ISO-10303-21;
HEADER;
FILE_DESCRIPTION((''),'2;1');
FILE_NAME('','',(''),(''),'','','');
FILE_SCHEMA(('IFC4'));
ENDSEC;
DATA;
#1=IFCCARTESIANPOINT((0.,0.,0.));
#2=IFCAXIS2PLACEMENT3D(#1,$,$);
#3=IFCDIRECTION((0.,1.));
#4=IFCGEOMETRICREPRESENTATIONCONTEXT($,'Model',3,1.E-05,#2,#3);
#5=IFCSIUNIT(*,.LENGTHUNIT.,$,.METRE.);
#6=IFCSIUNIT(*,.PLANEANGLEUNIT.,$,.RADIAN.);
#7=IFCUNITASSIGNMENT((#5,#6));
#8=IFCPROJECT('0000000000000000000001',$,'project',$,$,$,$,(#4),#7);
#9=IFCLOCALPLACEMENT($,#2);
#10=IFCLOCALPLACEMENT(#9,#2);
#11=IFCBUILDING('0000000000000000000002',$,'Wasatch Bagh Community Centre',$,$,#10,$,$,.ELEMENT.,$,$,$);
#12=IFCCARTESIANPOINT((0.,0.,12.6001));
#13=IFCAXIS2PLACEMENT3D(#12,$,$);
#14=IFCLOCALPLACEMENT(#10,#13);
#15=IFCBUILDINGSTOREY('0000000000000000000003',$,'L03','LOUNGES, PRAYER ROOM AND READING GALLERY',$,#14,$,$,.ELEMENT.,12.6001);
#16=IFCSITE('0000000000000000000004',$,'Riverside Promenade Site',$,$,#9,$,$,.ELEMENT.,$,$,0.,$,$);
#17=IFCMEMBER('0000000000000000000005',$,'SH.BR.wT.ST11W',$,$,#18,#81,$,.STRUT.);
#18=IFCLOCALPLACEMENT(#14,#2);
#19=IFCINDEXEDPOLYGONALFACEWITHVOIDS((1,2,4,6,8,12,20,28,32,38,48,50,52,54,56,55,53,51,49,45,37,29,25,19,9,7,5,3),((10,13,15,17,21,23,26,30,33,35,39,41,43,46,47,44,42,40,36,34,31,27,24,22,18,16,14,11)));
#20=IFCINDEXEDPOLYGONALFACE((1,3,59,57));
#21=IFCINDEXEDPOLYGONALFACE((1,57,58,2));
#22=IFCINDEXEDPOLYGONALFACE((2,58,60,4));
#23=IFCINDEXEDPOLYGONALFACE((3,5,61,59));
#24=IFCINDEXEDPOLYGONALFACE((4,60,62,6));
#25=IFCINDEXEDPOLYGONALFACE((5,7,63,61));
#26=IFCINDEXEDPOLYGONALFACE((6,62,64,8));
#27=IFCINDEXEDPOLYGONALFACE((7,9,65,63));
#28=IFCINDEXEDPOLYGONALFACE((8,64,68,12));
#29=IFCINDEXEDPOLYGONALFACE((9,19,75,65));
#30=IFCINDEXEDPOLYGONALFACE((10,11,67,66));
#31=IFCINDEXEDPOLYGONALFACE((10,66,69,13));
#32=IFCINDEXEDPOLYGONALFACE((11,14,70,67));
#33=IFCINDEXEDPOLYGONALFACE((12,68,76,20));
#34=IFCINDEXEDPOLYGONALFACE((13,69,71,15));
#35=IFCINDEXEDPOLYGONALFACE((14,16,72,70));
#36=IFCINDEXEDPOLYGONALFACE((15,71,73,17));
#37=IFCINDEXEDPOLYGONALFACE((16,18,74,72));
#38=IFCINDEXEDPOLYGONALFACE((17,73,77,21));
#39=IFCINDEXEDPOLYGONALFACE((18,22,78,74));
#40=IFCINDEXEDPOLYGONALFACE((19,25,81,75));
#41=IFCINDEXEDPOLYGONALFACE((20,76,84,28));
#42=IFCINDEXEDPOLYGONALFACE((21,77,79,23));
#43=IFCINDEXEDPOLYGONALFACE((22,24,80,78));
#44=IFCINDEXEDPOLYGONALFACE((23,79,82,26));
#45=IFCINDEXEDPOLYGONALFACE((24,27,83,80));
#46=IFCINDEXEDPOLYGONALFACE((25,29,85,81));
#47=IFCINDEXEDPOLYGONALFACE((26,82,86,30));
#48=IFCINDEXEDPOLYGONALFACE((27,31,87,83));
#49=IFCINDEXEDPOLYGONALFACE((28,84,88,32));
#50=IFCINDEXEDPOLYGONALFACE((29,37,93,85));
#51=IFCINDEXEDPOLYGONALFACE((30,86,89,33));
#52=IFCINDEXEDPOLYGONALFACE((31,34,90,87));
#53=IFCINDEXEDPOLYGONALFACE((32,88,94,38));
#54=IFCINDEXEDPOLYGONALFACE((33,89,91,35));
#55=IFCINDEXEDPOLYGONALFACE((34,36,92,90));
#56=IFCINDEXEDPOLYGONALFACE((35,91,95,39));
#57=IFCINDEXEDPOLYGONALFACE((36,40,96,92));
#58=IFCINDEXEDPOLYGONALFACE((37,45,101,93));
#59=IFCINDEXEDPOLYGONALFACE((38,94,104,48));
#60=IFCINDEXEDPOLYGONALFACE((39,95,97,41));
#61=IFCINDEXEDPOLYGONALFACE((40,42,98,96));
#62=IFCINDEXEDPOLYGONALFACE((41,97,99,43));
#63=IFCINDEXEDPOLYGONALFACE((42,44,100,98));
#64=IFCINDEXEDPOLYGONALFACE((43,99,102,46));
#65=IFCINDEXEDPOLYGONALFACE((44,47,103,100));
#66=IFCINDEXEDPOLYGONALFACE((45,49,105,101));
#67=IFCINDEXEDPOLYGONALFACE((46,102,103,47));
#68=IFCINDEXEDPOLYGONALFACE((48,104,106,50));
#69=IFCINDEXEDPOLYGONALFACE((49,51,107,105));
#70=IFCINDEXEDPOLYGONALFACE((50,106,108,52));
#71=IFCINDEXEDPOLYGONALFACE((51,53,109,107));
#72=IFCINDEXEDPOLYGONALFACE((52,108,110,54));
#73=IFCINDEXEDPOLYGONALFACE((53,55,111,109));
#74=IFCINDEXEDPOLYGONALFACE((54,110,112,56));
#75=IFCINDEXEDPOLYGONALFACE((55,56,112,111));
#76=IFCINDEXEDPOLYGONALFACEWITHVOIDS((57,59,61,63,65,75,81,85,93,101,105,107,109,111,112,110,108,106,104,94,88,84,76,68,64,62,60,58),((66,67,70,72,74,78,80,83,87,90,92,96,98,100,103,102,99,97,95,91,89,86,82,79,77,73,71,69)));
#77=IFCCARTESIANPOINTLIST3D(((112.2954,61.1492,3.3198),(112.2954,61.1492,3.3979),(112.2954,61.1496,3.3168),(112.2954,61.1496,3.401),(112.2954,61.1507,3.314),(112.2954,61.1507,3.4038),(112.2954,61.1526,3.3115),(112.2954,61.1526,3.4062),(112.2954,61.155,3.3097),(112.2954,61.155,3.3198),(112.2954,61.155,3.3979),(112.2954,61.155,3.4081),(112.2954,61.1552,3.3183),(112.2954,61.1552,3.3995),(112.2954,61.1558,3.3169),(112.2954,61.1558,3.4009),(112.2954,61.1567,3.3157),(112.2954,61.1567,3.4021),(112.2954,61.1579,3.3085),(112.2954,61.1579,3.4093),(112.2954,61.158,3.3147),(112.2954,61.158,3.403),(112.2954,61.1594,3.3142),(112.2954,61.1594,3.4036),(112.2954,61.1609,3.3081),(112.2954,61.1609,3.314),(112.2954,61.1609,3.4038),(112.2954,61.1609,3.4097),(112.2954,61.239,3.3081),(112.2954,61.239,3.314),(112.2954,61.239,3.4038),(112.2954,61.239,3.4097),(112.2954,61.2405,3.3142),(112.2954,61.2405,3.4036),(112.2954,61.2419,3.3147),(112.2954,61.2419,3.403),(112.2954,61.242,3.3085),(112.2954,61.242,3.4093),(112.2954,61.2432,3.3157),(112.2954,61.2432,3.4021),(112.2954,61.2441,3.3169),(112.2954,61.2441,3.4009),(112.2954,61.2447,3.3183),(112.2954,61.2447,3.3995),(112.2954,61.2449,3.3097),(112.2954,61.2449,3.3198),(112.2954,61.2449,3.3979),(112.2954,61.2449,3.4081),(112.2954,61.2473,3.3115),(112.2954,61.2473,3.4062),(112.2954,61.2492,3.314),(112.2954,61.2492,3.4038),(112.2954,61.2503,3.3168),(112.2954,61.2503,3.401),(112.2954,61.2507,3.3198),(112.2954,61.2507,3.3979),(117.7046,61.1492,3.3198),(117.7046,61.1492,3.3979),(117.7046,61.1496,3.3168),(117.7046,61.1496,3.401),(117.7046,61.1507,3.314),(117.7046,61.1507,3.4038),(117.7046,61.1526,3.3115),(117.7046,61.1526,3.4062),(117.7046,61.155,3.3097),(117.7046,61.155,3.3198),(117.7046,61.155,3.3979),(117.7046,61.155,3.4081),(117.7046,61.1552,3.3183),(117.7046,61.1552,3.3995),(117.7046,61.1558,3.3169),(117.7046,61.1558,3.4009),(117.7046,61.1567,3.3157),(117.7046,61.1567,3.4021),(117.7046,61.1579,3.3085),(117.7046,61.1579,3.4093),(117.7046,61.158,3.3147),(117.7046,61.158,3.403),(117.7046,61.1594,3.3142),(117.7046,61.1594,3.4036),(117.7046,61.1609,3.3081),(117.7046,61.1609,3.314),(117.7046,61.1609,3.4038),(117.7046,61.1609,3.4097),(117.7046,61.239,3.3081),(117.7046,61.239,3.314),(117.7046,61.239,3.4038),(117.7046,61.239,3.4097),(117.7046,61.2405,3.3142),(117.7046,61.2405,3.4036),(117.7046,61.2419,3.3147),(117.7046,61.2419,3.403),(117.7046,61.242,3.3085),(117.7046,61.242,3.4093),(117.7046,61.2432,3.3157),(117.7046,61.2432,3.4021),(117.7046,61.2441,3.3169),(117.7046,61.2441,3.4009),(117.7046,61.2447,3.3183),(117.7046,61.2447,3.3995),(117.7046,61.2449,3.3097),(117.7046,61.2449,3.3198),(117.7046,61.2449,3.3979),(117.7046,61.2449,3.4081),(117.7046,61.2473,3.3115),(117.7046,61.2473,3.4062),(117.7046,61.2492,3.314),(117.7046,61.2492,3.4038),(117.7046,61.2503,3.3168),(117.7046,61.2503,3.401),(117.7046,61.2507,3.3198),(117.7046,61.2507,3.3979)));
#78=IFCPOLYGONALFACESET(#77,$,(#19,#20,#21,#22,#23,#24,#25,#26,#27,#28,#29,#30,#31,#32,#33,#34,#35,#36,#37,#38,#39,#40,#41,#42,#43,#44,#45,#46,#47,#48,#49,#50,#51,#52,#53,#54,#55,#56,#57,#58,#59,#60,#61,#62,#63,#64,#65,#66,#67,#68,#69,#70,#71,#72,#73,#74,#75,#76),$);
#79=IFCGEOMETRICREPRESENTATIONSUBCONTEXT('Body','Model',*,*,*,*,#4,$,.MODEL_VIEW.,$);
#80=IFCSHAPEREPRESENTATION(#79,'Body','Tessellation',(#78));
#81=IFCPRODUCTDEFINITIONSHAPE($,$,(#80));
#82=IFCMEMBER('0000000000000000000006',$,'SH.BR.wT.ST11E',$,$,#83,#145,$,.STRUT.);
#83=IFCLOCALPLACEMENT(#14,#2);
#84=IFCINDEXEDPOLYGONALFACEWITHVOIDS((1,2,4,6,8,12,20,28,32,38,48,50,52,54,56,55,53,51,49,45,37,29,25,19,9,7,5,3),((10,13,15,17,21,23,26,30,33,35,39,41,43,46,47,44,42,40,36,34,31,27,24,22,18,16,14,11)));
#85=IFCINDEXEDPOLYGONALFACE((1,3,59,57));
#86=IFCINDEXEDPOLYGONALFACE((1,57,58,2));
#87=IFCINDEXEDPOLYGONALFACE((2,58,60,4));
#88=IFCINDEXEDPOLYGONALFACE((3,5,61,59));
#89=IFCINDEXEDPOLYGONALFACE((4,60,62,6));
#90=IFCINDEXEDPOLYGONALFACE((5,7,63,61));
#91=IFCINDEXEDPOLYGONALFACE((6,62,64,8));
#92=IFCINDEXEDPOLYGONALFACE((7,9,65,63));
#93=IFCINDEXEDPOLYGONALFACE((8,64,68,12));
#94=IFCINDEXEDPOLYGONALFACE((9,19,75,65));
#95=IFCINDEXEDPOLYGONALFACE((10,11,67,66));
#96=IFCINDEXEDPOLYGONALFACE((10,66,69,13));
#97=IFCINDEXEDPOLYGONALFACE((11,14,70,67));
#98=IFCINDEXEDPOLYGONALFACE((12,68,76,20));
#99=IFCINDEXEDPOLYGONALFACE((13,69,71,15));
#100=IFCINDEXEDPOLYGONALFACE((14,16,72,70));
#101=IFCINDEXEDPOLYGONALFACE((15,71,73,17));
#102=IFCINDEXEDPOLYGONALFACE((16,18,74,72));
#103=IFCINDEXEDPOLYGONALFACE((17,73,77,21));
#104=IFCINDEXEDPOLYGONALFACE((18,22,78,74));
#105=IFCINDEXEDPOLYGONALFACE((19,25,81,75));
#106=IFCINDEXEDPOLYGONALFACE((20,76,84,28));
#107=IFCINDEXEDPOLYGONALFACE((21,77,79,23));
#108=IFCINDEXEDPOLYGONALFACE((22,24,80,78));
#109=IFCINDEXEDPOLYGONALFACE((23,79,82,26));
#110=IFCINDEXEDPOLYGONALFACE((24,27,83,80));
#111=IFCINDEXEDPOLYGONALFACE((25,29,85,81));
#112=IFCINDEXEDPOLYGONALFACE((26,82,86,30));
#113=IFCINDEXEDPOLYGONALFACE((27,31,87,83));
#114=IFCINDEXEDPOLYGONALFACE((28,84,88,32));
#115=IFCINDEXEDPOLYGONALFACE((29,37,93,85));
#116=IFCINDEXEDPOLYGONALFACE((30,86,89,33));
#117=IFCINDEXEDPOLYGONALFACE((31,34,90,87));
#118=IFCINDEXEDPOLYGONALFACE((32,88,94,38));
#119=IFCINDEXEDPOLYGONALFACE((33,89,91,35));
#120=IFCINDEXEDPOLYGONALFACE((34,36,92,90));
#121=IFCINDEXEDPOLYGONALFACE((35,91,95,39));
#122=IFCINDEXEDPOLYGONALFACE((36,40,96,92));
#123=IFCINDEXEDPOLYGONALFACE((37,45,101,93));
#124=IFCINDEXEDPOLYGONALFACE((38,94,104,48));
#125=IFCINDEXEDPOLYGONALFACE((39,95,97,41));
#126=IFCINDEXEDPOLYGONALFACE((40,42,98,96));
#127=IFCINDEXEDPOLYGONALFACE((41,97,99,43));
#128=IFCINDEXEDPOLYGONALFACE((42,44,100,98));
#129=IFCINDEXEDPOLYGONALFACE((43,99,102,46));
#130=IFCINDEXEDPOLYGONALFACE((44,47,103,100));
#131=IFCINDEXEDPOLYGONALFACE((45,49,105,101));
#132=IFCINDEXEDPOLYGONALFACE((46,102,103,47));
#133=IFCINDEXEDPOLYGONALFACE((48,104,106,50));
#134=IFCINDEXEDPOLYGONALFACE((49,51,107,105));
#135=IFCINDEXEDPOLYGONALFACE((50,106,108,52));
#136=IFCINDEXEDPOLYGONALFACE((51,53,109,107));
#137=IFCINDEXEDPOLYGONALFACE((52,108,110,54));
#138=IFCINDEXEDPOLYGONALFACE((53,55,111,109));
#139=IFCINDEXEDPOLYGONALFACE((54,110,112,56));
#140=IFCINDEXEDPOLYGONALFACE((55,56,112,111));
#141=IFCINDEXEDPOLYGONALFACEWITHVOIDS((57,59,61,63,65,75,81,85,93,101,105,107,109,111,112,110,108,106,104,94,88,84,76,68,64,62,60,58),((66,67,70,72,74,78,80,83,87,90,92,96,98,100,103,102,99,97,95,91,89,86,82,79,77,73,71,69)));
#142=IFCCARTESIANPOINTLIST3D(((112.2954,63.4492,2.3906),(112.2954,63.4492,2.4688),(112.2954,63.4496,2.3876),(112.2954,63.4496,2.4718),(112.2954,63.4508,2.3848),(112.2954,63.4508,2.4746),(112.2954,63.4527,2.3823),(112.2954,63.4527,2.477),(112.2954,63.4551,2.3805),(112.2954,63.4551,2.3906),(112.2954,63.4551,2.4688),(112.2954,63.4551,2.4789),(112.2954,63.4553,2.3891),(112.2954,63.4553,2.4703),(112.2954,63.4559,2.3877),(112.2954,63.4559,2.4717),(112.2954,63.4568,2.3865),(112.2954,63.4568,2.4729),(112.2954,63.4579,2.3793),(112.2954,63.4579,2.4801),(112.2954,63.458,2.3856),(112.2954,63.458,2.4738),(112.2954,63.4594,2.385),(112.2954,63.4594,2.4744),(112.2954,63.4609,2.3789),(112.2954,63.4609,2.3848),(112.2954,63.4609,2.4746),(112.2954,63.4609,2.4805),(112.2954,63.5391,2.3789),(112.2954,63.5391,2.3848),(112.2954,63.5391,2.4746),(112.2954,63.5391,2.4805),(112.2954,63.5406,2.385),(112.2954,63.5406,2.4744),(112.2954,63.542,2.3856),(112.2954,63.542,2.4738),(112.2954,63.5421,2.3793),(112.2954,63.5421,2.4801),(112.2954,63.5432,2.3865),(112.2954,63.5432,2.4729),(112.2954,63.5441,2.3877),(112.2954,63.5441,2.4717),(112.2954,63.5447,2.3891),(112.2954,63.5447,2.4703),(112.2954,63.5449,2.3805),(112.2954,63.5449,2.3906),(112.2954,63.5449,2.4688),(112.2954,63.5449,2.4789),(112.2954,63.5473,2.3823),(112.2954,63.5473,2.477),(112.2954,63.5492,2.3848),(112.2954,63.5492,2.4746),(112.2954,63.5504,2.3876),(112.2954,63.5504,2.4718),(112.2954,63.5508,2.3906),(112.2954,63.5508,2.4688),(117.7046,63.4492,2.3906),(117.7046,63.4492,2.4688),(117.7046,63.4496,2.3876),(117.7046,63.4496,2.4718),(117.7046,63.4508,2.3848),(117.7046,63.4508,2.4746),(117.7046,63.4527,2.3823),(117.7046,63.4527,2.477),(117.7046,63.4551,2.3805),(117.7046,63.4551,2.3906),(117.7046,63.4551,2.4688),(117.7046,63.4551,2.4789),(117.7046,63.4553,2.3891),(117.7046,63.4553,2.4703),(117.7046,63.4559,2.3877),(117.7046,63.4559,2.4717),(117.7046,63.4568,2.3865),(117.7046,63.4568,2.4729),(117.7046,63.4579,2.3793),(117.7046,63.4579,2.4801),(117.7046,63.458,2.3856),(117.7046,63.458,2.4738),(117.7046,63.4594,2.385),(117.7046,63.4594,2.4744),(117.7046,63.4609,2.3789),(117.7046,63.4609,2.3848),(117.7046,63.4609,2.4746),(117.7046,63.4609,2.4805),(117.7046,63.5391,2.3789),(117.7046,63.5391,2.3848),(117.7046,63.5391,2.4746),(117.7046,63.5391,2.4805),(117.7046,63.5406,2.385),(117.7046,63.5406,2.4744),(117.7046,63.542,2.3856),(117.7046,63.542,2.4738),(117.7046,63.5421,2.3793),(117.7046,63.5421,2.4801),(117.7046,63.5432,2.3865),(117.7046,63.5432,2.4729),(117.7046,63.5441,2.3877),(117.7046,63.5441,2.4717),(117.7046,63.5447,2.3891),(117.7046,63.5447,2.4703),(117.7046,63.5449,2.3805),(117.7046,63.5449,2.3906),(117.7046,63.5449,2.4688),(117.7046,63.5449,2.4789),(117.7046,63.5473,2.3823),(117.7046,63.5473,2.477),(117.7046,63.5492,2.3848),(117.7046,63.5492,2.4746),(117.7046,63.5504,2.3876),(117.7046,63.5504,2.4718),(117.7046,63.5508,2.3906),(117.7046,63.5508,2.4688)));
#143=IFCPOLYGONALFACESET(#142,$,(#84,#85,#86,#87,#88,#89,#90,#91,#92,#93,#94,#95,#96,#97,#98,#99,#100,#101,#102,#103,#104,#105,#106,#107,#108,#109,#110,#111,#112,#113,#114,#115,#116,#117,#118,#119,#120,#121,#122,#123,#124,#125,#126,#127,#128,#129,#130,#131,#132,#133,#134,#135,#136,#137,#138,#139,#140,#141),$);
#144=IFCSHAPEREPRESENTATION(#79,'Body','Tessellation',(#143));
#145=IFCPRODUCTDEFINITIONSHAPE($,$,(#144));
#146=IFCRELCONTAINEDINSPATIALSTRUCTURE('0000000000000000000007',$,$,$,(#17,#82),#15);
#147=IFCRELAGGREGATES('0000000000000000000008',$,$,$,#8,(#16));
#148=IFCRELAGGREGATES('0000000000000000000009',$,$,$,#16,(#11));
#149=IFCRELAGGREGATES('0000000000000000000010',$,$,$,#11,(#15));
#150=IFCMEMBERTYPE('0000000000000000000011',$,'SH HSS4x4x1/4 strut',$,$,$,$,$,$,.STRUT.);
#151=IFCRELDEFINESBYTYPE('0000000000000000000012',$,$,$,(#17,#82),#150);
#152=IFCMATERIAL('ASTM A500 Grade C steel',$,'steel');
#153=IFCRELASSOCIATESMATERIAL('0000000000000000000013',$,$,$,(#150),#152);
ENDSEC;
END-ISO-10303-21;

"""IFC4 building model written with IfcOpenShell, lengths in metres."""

from ifc_helpers import new_model, si_unit, direction, frame, origin, origin_2d, place, context, subcontext, project, spatial, hollow_rectangle, extrude, material, material_profile, profile_set, type_object, element, save


model = new_model("IFC4")

# Units and contexts
model_context = context("Model", 3, precision=1e-05, world=origin(), true_north=direction((0.0, 1.0)))
body_context = subcontext(model_context, "Body", "Model", "MODEL_VIEW")
ifc_project = project(units=[si_unit("LENGTHUNIT", "METRE"), si_unit("PLANEANGLEUNIT", "RADIAN")], contexts=[model_context])

# Site, building, storey
site_placement = place(None, origin())
site = spatial("IfcSite", under=ifc_project, at=site_placement, Name="Riverside Promenade Site", CompositionType="ELEMENT", RefElevation=0.0)
building_placement = place(site_placement, origin())
building = spatial("IfcBuilding", under=site, at=building_placement, Name="Wasatch Bagh Community Centre", CompositionType="ELEMENT")
storey_placement = place(building_placement, frame((0.0, 0.0, 12.6001)))
storey = spatial("IfcBuildingStorey", under=building, at=storey_placement, Name="L03", Description="LOUNGES, PRAYER ROOM AND READING GALLERY", CompositionType="ELEMENT", Elevation=12.6001)

# Members
ifc_material_1 = material(Name="ASTM A500 Grade C steel", Category="steel")
ifc_material_profile_1 = material_profile(ifc_material_1, hollow_rectangle(XDim=0.1016, YDim=0.1016, WallThickness=0.0059, InnerFilletRadius=0.0059, OuterFilletRadius=0.0117, at=origin_2d()), Name="HSS4x4x1/4")
ifc_profile_set_1 = profile_set([ifc_material_profile_1], Name="ASTM A500 Grade C steel")
member_type_1 = type_object("IfcMemberType", Name="SH HSS4x4x1/4 strut", PredefinedType="STRUT", material=ifc_profile_set_1)
for number, where, z_axis, x_axis, name in (
    (1, (112.2954, 61.2, 3.3589), (1.0, 0.0, 0.0), (0.0, 1.0, 0.0), "SH.BR.wT.ST11W"),
    (2, (112.2954, 63.5, 2.4297), (1.0, 0.0, 0.0), (0.0, 1.0, 0.0), "SH.BR.wT.ST11E"),
):
    element("IfcMember", number, at=place(storey_placement, frame(where, z_axis=z_axis, x_axis=x_axis)), inside=storey, type_object=member_type_1, Name=name, PredefinedType="STRUT", context=body_context, shape_type="SweptSolid", body=[
        extrude(hollow_rectangle(XDim=0.1016, YDim=0.1016, WallThickness=0.0059, InnerFilletRadius=0.0059, OuterFilletRadius=0.0117, at=origin_2d()), origin(), (0.0, 0.0, 1.0), 5.4092),
    ])

save(model, "model.ifc")
